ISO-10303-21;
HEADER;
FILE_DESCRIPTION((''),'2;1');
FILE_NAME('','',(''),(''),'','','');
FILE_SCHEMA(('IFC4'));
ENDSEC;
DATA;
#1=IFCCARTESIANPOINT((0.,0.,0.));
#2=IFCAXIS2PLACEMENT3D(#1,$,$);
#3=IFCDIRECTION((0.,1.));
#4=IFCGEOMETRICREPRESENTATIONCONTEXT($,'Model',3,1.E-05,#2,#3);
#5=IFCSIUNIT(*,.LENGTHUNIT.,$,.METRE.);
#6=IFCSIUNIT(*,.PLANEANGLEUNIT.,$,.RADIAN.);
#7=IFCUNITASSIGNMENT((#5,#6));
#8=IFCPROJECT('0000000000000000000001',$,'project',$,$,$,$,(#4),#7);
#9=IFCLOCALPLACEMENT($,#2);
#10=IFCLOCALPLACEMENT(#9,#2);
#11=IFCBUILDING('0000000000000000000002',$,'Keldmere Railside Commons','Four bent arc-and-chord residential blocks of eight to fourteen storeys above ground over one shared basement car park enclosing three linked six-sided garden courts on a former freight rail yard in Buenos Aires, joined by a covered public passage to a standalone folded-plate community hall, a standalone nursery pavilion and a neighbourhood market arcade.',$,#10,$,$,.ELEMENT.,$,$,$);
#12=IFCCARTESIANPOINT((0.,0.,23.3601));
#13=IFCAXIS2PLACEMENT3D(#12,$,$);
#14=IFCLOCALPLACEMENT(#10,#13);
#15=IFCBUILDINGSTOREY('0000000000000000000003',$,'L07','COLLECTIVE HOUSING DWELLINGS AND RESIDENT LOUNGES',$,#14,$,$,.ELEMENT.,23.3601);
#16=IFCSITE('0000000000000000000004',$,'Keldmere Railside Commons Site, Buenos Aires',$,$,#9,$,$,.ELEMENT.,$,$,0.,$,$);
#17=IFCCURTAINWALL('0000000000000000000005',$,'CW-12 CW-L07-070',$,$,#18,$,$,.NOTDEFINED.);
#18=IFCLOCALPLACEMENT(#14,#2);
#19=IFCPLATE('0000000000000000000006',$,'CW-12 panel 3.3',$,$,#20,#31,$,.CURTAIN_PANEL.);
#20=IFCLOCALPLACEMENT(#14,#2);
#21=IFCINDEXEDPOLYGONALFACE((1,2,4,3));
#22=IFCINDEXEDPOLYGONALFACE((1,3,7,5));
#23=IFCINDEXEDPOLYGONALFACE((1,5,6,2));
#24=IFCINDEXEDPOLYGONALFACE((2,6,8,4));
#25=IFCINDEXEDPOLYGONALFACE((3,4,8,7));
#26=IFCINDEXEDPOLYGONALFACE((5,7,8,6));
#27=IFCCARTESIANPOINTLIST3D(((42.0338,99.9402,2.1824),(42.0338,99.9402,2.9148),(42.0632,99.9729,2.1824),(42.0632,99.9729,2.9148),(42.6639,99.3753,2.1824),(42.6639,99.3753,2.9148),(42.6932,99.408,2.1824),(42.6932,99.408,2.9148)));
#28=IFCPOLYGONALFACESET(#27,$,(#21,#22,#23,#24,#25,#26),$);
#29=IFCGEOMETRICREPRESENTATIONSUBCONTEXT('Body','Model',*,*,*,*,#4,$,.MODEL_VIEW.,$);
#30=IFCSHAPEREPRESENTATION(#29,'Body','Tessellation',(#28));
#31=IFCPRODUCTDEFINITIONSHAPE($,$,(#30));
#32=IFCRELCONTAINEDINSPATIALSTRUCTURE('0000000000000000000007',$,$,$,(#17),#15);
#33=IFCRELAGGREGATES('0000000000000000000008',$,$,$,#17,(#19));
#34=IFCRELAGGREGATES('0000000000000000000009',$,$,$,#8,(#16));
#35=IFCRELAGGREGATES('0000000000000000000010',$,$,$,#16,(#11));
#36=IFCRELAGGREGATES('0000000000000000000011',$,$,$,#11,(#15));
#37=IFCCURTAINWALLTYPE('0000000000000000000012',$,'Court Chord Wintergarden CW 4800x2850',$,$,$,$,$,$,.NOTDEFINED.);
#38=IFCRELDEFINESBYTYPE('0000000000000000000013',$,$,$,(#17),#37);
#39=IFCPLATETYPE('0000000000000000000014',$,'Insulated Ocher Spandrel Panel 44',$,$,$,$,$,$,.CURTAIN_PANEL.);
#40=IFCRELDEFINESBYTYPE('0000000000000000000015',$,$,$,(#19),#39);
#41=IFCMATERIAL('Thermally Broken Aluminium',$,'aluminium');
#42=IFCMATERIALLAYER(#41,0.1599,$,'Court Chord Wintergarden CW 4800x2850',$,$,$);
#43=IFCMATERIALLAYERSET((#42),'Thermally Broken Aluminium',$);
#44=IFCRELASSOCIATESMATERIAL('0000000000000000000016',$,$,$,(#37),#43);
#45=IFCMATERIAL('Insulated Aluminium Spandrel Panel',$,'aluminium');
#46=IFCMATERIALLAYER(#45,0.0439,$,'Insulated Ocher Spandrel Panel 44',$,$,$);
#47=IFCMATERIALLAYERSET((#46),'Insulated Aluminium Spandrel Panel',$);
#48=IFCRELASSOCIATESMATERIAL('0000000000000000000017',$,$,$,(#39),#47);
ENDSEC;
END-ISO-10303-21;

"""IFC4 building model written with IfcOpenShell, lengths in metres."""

from ifc_helpers import new_model, si_unit, direction, frame, origin, origin_2d, place, context, subcontext, project, spatial, rectangle, extrude, material, layer, layer_set, type_object, element, aggregate, save


model = new_model("IFC4")

# Units and contexts
model_context = context("Model", 3, precision=1e-05, world=origin(), true_north=direction((0.0, 1.0)))
body_context = subcontext(model_context, "Body", "Model", "MODEL_VIEW")
ifc_project = project(units=[si_unit("LENGTHUNIT", "METRE"), si_unit("PLANEANGLEUNIT", "RADIAN")], contexts=[model_context])

# Site, building, storey
site_placement = place(None, origin())
site = spatial("IfcSite", under=ifc_project, at=site_placement, Name="Keldmere Railside Commons Site, Buenos Aires", CompositionType="ELEMENT", RefElevation=0.0)
building_placement = place(site_placement, origin())
building = spatial("IfcBuilding", under=site, at=building_placement, Name="Keldmere Railside Commons", Description="Four bent arc-and-chord residential blocks of eight to fourteen storeys above ground over one shared basement car park enclosing three linked six-sided garden courts on a former freight rail yard in Buenos Aires, joined by a covered public passage to a standalone folded-plate community hall, a standalone nursery pavilion and a neighbourhood market arcade.", CompositionType="ELEMENT")
storey_placement = place(building_placement, frame((0.0, 0.0, 23.3601)))
storey = spatial("IfcBuildingStorey", under=building, at=storey_placement, Name="L07", Description="COLLECTIVE HOUSING DWELLINGS AND RESIDENT LOUNGES", CompositionType="ELEMENT", Elevation=23.3601)

# Curtain wall
ifc_material_1 = material(Name="Thermally Broken Aluminium", Category="aluminium")
ifc_layer_1 = layer(ifc_material_1, 0.1599, Name="Court Chord Wintergarden CW 4800x2850")
ifc_layer_set_1 = layer_set([ifc_layer_1], Name="Thermally Broken Aluminium")
curtain_wall_type = type_object("IfcCurtainWallType", Name="Court Chord Wintergarden CW 4800x2850", PredefinedType="NOTDEFINED", material=ifc_layer_set_1)
curtain_wall_1_placement = place(storey_placement, origin())
curtain_wall_1 = element("IfcCurtainWall", 1, at=curtain_wall_1_placement, inside=storey, type_object=curtain_wall_type, Name="CW-12 CW-L07-070", PredefinedType="NOTDEFINED")

# Plate
ifc_material_2 = material(Name="Insulated Aluminium Spandrel Panel", Category="aluminium")
ifc_layer_2 = layer(ifc_material_2, 0.0439, Name="Insulated Ocher Spandrel Panel 44")
ifc_layer_set_2 = layer_set([ifc_layer_2], Name="Insulated Aluminium Spandrel Panel")
plate_type = type_object("IfcPlateType", Name="Insulated Ocher Spandrel Panel 44", PredefinedType="CURTAIN_PANEL", material=ifc_layer_set_2)
plate_1_placement = place(storey_placement, frame((42.3635, 99.6741, 2.1824), z_axis=(0.0, 0.0, 1.0), x_axis=(-0.744557, 0.667559, 0.0)))
plate_1 = element("IfcPlate", 2, at=plate_1_placement, type_object=plate_type, Name="CW-12 panel 3.3", PredefinedType="CURTAIN_PANEL", context=body_context, shape_type="SweptSolid", body=[
    extrude(rectangle(XDim=0.8462, YDim=0.0439, at=origin_2d()), origin(), (0.0, 0.0, 1.0), 0.7324),
])
aggregate(curtain_wall_1, [plate_1])

save(model, "model.ifc")
